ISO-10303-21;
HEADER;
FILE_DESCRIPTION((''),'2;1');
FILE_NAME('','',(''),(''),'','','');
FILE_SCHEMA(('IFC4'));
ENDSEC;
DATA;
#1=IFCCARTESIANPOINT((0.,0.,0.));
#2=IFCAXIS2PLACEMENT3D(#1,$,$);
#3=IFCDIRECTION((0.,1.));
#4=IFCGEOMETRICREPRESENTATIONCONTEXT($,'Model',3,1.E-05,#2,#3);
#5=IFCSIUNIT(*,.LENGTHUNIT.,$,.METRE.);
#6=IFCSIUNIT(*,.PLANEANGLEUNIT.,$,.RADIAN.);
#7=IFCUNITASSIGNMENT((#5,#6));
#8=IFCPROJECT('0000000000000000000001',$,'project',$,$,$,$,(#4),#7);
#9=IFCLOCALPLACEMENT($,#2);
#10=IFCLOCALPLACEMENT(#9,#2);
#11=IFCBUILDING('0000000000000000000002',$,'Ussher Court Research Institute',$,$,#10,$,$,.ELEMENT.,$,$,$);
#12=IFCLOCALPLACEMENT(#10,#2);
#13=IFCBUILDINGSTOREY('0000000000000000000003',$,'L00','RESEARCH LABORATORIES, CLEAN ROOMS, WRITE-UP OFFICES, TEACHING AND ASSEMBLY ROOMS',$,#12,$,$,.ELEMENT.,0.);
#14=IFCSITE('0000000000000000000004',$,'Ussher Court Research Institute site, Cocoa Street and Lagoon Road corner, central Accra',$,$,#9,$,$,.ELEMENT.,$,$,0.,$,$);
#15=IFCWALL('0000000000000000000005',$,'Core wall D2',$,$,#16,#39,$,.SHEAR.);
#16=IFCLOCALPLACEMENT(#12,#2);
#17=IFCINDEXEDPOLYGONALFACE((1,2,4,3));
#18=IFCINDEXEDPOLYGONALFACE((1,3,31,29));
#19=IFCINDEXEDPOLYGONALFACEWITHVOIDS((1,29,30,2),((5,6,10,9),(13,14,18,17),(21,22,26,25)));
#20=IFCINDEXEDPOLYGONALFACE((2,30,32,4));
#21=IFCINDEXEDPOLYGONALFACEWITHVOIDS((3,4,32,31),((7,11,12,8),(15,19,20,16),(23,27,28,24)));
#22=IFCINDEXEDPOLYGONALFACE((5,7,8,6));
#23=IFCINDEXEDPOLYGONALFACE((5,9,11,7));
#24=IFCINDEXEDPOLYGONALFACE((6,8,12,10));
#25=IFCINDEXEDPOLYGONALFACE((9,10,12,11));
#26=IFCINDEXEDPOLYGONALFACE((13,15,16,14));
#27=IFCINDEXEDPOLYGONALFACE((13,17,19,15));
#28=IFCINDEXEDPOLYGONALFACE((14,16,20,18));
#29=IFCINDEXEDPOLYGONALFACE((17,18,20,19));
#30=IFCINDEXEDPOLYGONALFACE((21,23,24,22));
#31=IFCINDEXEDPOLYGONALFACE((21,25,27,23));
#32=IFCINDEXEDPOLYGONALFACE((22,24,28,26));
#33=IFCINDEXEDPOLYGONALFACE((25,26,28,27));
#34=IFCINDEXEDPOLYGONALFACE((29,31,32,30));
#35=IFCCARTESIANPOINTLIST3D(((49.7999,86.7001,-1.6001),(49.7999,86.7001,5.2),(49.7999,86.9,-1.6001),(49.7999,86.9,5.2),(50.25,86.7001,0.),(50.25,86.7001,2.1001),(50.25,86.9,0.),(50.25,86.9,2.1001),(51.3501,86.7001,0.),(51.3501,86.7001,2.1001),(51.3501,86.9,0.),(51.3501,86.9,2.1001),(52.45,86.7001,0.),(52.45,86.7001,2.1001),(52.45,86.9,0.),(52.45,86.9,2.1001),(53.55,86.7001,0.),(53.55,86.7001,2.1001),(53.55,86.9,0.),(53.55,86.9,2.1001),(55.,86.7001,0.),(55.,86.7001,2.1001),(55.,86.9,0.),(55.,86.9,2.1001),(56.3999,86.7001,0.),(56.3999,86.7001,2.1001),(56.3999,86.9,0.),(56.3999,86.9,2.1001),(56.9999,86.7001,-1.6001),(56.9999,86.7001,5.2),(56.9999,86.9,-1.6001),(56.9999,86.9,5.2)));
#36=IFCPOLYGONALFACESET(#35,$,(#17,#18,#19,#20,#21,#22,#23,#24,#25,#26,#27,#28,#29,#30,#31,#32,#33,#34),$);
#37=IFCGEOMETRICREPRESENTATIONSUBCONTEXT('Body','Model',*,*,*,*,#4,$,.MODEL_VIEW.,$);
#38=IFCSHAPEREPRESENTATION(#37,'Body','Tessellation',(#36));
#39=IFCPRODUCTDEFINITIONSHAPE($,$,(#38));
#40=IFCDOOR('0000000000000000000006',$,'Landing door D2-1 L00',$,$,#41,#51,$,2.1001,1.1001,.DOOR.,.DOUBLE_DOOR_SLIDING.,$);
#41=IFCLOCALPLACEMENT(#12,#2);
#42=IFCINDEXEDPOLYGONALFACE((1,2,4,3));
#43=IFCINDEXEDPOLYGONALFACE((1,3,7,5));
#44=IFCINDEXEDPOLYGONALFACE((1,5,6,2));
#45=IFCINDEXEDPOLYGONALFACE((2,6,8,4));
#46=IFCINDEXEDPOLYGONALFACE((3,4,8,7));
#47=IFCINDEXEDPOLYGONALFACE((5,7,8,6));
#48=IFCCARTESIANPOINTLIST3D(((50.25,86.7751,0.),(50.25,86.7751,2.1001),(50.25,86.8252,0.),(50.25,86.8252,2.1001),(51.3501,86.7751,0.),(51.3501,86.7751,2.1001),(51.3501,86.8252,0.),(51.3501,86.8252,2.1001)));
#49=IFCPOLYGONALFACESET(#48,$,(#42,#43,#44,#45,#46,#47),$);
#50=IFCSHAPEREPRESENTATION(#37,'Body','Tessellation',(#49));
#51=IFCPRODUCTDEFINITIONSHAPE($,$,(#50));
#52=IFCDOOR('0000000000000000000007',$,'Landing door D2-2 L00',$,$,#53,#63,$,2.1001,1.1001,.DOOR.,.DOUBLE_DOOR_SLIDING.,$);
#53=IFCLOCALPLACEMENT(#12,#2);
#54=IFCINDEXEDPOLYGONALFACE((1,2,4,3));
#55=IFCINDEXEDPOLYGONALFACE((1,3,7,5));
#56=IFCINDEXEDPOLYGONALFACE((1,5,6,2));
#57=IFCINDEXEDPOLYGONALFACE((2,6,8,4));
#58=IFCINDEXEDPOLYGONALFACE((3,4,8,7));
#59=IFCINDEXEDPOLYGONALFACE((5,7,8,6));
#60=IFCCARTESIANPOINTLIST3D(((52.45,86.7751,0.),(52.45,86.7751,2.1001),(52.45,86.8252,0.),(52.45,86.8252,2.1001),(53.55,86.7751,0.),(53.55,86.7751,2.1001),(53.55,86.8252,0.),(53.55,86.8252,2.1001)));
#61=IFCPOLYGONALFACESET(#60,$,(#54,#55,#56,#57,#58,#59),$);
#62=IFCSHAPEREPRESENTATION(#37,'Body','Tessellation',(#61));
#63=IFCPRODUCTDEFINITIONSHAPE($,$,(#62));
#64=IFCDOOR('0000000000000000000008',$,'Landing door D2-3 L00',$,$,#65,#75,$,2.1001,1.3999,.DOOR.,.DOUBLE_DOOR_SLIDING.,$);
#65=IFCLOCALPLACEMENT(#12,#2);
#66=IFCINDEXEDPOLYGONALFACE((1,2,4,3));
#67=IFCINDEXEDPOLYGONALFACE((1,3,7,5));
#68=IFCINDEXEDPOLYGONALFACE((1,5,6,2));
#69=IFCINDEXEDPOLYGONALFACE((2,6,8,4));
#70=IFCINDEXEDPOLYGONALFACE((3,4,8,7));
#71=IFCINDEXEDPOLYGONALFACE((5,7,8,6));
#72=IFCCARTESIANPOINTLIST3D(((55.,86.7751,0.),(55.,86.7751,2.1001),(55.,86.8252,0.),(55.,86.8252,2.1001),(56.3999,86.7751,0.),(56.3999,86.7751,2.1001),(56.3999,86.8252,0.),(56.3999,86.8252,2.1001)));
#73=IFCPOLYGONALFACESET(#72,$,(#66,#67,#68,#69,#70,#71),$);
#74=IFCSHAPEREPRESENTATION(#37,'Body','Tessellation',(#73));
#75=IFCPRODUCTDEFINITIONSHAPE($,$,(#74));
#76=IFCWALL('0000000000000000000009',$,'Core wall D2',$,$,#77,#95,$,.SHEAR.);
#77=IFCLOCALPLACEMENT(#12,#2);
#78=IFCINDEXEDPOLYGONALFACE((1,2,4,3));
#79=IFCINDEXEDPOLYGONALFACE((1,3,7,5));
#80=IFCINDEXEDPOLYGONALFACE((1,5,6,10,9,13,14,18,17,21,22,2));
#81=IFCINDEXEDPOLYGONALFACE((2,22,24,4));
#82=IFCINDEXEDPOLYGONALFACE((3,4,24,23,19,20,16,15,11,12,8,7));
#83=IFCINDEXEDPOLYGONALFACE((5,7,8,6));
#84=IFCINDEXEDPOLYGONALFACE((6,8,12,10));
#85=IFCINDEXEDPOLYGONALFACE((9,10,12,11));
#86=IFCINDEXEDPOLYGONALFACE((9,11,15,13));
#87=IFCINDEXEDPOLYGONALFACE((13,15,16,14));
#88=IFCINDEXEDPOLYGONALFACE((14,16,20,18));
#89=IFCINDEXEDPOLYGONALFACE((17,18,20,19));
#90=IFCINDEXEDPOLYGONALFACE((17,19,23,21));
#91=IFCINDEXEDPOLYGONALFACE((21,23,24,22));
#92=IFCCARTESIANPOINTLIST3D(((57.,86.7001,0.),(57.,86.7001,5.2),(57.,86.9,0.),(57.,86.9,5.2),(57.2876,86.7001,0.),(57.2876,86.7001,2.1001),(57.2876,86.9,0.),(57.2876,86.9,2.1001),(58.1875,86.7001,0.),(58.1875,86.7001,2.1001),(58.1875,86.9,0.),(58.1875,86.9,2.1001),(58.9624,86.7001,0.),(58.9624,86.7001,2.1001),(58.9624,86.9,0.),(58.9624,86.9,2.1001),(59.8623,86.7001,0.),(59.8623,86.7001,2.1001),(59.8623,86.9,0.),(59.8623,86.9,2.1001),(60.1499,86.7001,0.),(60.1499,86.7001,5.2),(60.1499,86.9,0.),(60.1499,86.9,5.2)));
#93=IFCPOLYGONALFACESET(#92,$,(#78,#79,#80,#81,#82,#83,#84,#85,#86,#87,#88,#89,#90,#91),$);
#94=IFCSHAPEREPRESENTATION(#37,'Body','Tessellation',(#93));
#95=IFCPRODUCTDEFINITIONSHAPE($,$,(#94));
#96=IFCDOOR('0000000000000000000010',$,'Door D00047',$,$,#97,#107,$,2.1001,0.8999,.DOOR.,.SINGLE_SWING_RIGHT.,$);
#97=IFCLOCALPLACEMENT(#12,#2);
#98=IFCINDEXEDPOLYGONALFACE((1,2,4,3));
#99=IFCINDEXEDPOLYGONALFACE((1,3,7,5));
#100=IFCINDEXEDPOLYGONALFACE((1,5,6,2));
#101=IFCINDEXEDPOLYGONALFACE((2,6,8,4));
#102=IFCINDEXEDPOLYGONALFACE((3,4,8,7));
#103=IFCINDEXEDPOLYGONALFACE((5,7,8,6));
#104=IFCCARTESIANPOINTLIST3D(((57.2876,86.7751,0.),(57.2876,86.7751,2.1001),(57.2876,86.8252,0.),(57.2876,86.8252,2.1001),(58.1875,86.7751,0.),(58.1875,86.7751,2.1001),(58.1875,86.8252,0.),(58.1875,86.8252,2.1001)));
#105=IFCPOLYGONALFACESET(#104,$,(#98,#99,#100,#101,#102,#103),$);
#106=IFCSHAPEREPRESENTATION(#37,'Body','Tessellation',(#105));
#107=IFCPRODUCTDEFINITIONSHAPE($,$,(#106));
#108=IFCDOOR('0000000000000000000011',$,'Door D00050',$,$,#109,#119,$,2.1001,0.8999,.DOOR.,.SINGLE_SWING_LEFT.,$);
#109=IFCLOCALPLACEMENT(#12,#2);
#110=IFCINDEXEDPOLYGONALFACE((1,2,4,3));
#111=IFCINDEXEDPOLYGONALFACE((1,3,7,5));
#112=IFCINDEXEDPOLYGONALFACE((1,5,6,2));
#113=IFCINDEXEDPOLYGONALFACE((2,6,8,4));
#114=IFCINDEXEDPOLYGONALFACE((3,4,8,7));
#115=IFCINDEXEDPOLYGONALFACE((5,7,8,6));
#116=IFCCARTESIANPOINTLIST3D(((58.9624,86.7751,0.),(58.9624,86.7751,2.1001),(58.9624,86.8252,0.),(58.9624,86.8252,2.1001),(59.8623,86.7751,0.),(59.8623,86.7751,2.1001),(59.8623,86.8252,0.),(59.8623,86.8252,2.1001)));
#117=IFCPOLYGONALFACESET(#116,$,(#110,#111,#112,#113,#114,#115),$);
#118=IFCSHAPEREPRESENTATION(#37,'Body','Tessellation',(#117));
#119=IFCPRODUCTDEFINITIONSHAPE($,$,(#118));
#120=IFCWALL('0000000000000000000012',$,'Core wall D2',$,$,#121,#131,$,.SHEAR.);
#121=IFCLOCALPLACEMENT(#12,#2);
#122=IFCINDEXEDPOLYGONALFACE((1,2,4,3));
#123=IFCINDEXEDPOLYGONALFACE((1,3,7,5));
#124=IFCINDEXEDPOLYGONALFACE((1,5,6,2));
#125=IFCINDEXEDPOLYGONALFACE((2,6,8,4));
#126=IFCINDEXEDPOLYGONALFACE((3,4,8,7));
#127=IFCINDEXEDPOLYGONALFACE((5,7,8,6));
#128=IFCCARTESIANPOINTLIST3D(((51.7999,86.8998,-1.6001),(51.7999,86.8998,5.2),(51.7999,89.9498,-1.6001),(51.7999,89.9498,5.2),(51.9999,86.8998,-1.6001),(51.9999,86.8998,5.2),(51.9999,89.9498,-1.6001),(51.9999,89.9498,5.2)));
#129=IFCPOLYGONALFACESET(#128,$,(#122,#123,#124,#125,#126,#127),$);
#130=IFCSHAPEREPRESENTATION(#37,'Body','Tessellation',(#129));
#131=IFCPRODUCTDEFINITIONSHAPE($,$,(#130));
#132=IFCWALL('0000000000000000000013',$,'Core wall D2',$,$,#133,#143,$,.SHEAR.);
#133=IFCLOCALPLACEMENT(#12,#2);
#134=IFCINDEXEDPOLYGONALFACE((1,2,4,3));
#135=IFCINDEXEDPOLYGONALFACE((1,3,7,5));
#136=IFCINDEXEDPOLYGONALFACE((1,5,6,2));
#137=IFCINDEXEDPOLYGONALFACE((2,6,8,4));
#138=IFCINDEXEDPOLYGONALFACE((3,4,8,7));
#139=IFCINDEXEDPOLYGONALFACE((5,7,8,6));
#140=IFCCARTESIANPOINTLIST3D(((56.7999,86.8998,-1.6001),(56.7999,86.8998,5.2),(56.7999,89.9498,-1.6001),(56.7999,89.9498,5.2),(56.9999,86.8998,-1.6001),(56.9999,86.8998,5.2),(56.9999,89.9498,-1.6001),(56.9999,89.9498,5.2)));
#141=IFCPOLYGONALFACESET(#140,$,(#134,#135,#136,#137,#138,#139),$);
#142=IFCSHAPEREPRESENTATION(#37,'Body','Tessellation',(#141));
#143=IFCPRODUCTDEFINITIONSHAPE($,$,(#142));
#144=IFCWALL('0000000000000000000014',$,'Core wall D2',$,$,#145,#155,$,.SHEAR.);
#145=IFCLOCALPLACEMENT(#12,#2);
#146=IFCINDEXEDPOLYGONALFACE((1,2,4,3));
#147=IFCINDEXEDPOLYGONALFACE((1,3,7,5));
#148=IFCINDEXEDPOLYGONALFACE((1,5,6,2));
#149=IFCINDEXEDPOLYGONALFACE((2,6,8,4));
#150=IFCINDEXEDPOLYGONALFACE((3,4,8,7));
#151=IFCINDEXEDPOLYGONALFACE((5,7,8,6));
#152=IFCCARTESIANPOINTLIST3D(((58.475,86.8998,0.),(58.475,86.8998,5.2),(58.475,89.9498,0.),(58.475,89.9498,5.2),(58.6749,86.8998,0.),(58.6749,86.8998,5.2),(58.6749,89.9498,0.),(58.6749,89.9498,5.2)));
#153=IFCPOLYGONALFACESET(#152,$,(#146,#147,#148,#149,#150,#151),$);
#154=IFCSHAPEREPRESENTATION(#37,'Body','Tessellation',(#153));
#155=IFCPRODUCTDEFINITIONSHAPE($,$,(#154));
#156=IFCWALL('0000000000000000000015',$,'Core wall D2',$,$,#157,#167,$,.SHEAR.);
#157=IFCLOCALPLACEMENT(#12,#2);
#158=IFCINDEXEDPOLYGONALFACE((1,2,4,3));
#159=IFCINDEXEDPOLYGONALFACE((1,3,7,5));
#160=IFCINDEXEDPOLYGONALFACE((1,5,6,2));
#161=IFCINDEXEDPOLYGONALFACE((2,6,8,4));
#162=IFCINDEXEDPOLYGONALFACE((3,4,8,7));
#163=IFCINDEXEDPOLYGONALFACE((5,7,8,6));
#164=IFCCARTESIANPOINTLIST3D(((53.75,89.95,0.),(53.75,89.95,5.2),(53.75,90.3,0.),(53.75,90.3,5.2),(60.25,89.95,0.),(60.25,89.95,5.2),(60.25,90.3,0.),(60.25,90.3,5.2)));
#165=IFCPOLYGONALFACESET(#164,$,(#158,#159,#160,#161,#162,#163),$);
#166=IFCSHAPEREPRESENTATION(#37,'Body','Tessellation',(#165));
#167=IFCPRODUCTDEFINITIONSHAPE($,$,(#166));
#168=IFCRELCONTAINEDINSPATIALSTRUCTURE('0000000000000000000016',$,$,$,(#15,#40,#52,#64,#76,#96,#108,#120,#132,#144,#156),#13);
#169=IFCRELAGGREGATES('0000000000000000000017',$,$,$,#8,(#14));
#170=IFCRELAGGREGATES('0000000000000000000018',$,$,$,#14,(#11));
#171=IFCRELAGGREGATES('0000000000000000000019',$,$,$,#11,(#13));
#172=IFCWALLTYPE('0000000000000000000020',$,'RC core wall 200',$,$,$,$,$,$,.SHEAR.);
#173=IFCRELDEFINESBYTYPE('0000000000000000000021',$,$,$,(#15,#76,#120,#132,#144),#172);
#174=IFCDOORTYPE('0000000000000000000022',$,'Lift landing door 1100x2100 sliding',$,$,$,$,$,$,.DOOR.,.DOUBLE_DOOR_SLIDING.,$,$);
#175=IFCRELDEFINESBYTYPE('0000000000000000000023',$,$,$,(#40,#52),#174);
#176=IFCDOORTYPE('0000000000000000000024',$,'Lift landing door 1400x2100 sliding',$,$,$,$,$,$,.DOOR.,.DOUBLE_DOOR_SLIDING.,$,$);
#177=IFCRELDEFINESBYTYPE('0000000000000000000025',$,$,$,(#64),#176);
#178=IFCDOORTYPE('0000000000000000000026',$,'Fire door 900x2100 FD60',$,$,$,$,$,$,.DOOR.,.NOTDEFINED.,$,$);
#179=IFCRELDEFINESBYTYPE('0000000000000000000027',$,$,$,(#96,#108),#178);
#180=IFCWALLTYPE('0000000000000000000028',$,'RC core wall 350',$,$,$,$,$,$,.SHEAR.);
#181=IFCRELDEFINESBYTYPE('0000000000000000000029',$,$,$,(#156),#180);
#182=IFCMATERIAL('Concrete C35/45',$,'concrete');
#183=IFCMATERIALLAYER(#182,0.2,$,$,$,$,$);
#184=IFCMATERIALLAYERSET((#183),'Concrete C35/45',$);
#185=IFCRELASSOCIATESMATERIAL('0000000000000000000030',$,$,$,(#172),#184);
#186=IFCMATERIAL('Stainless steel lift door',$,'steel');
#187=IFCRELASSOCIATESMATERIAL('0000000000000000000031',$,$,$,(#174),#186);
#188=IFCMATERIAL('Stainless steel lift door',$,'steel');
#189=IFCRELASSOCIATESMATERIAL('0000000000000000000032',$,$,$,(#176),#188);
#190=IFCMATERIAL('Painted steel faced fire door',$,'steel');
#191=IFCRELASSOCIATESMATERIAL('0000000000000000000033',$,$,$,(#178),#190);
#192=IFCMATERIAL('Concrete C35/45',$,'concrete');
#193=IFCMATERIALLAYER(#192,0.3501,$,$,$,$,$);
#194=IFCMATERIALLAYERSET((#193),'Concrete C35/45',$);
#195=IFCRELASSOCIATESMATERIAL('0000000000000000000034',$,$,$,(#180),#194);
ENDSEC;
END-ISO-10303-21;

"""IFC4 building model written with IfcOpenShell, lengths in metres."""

from ifc_helpers import new_model, si_unit, direction, frame, frame_2d, origin, place, context, subcontext, project, spatial, rectangle, extrude, material, layer, layer_set, type_object, element, fill, save


model = new_model("IFC4")

# Units and contexts
model_context = context("Model", 3, precision=1e-05, world=origin(), true_north=direction((0.0, 1.0)))
body_context = subcontext(model_context, "Body", "Model", "MODEL_VIEW")
ifc_project = project(units=[si_unit("LENGTHUNIT", "METRE"), si_unit("PLANEANGLEUNIT", "RADIAN")], contexts=[model_context])

# Site, building, storey
site_placement = place(None, origin())
site = spatial("IfcSite", under=ifc_project, at=site_placement, Name="Ussher Court Research Institute site, Cocoa Street and Lagoon Road corner, central Accra", CompositionType="ELEMENT", RefElevation=0.0)
building_placement = place(site_placement, origin())
building = spatial("IfcBuilding", under=site, at=building_placement, Name="Ussher Court Research Institute", CompositionType="ELEMENT")
storey_placement = place(building_placement, origin())
storey = spatial("IfcBuildingStorey", under=building, at=storey_placement, Name="L00", Description="RESEARCH LABORATORIES, CLEAN ROOMS, WRITE-UP OFFICES, TEACHING AND ASSEMBLY ROOMS", CompositionType="ELEMENT", Elevation=0.0)

# Walls, openings, doors
ifc_material_1 = material(Name="Concrete C35/45", Category="concrete")
ifc_layer_1 = layer(ifc_material_1, 0.2)
ifc_layer_set_1 = layer_set([ifc_layer_1], Name="Concrete C35/45")
wall_type_1 = type_object("IfcWallType", Name="RC core wall 200", PredefinedType="SHEAR", material=ifc_layer_set_1)
wall_1_placement = place(storey_placement, frame((57.0, 86.8, -1.6001), z_axis=(0.0, 0.0, 1.0), x_axis=(-1.0, 0.0, 0.0)))
wall_1 = element("IfcWall", 1, at=wall_1_placement, inside=storey, type_object=wall_type_1, Name="Core wall D2", PredefinedType="SHEAR", context=body_context, shape_type="SweptSolid", body=[
    extrude(rectangle(XDim=7.2, YDim=0.2, at=frame_2d((3.6001, 0.0))), origin(), (0.0, 0.0, 1.0), 6.8),
])
opening_1_placement = place(wall_1_placement, frame((5.6499, 0.0, 1.6001)))
opening_1 = element("IfcOpeningElement", 2, at=opening_1_placement, cuts=wall_1, PredefinedType="OPENING", context=body_context, shape_type="SweptSolid", body=[
    extrude(rectangle(XDim=1.1001, YDim=2.1001, at=frame_2d((0.55, 1.05))), frame((0.0, 0.1099, 0.0), z_axis=(0.0, -1.0, 0.0), x_axis=(1.0, 0.0, 0.0)), (0.0, 0.0, 1.0), 0.22),
])
opening_2_placement = place(wall_1_placement, frame((3.45, 0.0, 1.6001)))
opening_2 = element("IfcOpeningElement", 3, at=opening_2_placement, cuts=wall_1, PredefinedType="OPENING", context=body_context, shape_type="SweptSolid", body=[
    extrude(rectangle(XDim=1.1001, YDim=2.1001, at=frame_2d((0.55, 1.05))), frame((0.0, 0.1099, 0.0), z_axis=(0.0, -1.0, 0.0), x_axis=(1.0, 0.0, 0.0)), (0.0, 0.0, 1.0), 0.22),
])
opening_3_placement = place(wall_1_placement, frame((0.6001, 0.0, 1.6001)))
opening_3 = element("IfcOpeningElement", 4, at=opening_3_placement, cuts=wall_1, PredefinedType="OPENING", context=body_context, shape_type="SweptSolid", body=[
    extrude(rectangle(XDim=1.3999, YDim=2.1001, at=frame_2d((0.7, 1.05))), frame((0.0, 0.1099, 0.0), z_axis=(0.0, -1.0, 0.0), x_axis=(1.0, 0.0, 0.0)), (0.0, 0.0, 1.0), 0.22),
])
ifc_material_2 = material(Name="Stainless steel lift door", Category="steel")
door_type_1 = type_object("IfcDoorType", Name="Lift landing door 1100x2100 sliding", OperationType="DOUBLE_DOOR_SLIDING", PredefinedType="DOOR", material=ifc_material_2)
door_1_placement = place(opening_1_placement, origin())
door_1 = element("IfcDoor", 5, at=door_1_placement, inside=storey, type_object=door_type_1, Name="Landing door D2-1 L00", OperationType="DOUBLE_DOOR_SLIDING", OverallHeight=2.1001, OverallWidth=1.1001, PredefinedType="DOOR", context=body_context, shape_type="SweptSolid", body=[
    extrude(rectangle(XDim=1.1001, YDim=2.1001, at=frame_2d((0.55, 1.05))), frame((0.0, 0.0249, 0.0), z_axis=(0.0, -1.0, 0.0), x_axis=(1.0, 0.0, 0.0)), (0.0, 0.0, 1.0), 0.05),
])
fill(opening_1, door_1)
door_2_placement = place(opening_2_placement, origin())
door_2 = element("IfcDoor", 6, at=door_2_placement, inside=storey, type_object=door_type_1, Name="Landing door D2-2 L00", OperationType="DOUBLE_DOOR_SLIDING", OverallHeight=2.1001, OverallWidth=1.1001, PredefinedType="DOOR", context=body_context, shape_type="SweptSolid", body=[
    extrude(rectangle(XDim=1.1001, YDim=2.1001, at=frame_2d((0.55, 1.05))), frame((0.0, 0.0249, 0.0), z_axis=(0.0, -1.0, 0.0), x_axis=(1.0, 0.0, 0.0)), (0.0, 0.0, 1.0), 0.05),
])
fill(opening_2, door_2)
ifc_material_3 = material(Name="Stainless steel lift door", Category="steel")
door_type_2 = type_object("IfcDoorType", Name="Lift landing door 1400x2100 sliding", OperationType="DOUBLE_DOOR_SLIDING", PredefinedType="DOOR", material=ifc_material_3)
door_3_placement = place(opening_3_placement, origin())
door_3 = element("IfcDoor", 7, at=door_3_placement, inside=storey, type_object=door_type_2, Name="Landing door D2-3 L00", OperationType="DOUBLE_DOOR_SLIDING", OverallHeight=2.1001, OverallWidth=1.3999, PredefinedType="DOOR", context=body_context, shape_type="SweptSolid", body=[
    extrude(rectangle(XDim=1.3999, YDim=2.1001, at=frame_2d((0.7, 1.05))), frame((0.0, 0.0249, 0.0), z_axis=(0.0, -1.0, 0.0), x_axis=(1.0, 0.0, 0.0)), (0.0, 0.0, 1.0), 0.05),
])
fill(opening_3, door_3)
wall_2_placement = place(storey_placement, frame((60.1499, 86.8, 0.0), z_axis=(0.0, 0.0, 1.0), x_axis=(-1.0, 0.0, 0.0)))
wall_2 = element("IfcWall", 8, at=wall_2_placement, inside=storey, type_object=wall_type_1, Name="Core wall D2", PredefinedType="SHEAR", context=body_context, shape_type="SweptSolid", body=[
    extrude(rectangle(XDim=3.1499, YDim=0.2, at=frame_2d((1.575, 0.0))), origin(), (0.0, 0.0, 1.0), 5.2),
])
opening_4_placement = place(wall_2_placement, frame((1.9624, 0.0, 0.0)))
opening_4 = element("IfcOpeningElement", 9, at=opening_4_placement, cuts=wall_2, PredefinedType="OPENING", context=body_context, shape_type="SweptSolid", body=[
    extrude(rectangle(XDim=0.8999, YDim=2.1001, at=frame_2d((0.45, 1.05))), frame((0.0, 0.1099, 0.0), z_axis=(0.0, -1.0, 0.0), x_axis=(1.0, 0.0, 0.0)), (0.0, 0.0, 1.0), 0.22),
])
opening_5_placement = place(wall_2_placement, frame((0.2876, 0.0, 0.0)))
opening_5 = element("IfcOpeningElement", 10, at=opening_5_placement, cuts=wall_2, PredefinedType="OPENING", context=body_context, shape_type="SweptSolid", body=[
    extrude(rectangle(XDim=0.8999, YDim=2.1001, at=frame_2d((0.45, 1.05))), frame((0.0, 0.1099, 0.0), z_axis=(0.0, -1.0, 0.0), x_axis=(1.0, 0.0, 0.0)), (0.0, 0.0, 1.0), 0.22),
])
ifc_material_4 = material(Name="Painted steel faced fire door", Category="steel")
door_type_3 = type_object("IfcDoorType", Name="Fire door 900x2100 FD60", OperationType="NOTDEFINED", PredefinedType="DOOR", material=ifc_material_4)
door_4_placement = place(opening_4_placement, origin())
door_4 = element("IfcDoor", 11, at=door_4_placement, inside=storey, type_object=door_type_3, Name="Door D00047", OperationType="SINGLE_SWING_RIGHT", OverallHeight=2.1001, OverallWidth=0.8999, PredefinedType="DOOR", context=body_context, shape_type="SweptSolid", body=[
    extrude(rectangle(XDim=0.8999, YDim=2.1001, at=frame_2d((0.45, 1.05))), frame((0.0, 0.0249, 0.0), z_axis=(0.0, -1.0, 0.0), x_axis=(1.0, 0.0, 0.0)), (0.0, 0.0, 1.0), 0.05),
])
fill(opening_4, door_4)
door_5_placement = place(opening_5_placement, origin())
door_5 = element("IfcDoor", 12, at=door_5_placement, inside=storey, type_object=door_type_3, Name="Door D00050", OperationType="SINGLE_SWING_LEFT", OverallHeight=2.1001, OverallWidth=0.8999, PredefinedType="DOOR", context=body_context, shape_type="SweptSolid", body=[
    extrude(rectangle(XDim=0.8999, YDim=2.1001, at=frame_2d((0.45, 1.05))), frame((0.0, 0.0249, 0.0), z_axis=(0.0, -1.0, 0.0), x_axis=(1.0, 0.0, 0.0)), (0.0, 0.0, 1.0), 0.05),
])
fill(opening_5, door_5)

# Walls
for number, where, z_axis, x_axis, name in (
    (13, (51.8999, 86.8999, -1.6001), (0.0, 0.0, 1.0), (0.0, 1.0, 0.0), "Core wall D2"),
    (14, (56.8999, 86.8999, -1.6001), (0.0, 0.0, 1.0), (0.0, 1.0, 0.0), "Core wall D2"),
):
    element("IfcWall", number, at=place(storey_placement, frame(where, z_axis=z_axis, x_axis=x_axis)), inside=storey, type_object=wall_type_1, Name=name, PredefinedType="SHEAR", context=body_context, shape_type="SweptSolid", body=[
        extrude(rectangle(XDim=3.05, YDim=0.2, at=frame_2d((1.5249, 0.0))), origin(), (0.0, 0.0, 1.0), 6.8),
    ])
wall_3_placement = place(storey_placement, frame((58.575, 86.8999, 0.0), z_axis=(0.0, 0.0, 1.0), x_axis=(0.0, 1.0, 0.0)))
element("IfcWall", 15, at=wall_3_placement, inside=storey, type_object=wall_type_1, Name="Core wall D2", PredefinedType="SHEAR", context=body_context, shape_type="SweptSolid", body=[
    extrude(rectangle(XDim=3.05, YDim=0.2, at=frame_2d((1.5249, 0.0))), origin(), (0.0, 0.0, 1.0), 5.2),
])
ifc_material_5 = material(Name="Concrete C35/45", Category="concrete")
ifc_layer_2 = layer(ifc_material_5, 0.3501)
ifc_layer_set_2 = layer_set([ifc_layer_2], Name="Concrete C35/45")
wall_type_2 = type_object("IfcWallType", Name="RC core wall 350", PredefinedType="SHEAR", material=ifc_layer_set_2)
wall_4_placement = place(storey_placement, frame((53.75, 90.125, 0.0), z_axis=(0.0, 0.0, 1.0), x_axis=(1.0, 0.0, 0.0)))
element("IfcWall", 16, at=wall_4_placement, inside=storey, type_object=wall_type_2, Name="Core wall D2", PredefinedType="SHEAR", context=body_context, shape_type="SweptSolid", body=[
    extrude(rectangle(XDim=6.5, YDim=0.3501, at=frame_2d((3.25, 0.0))), origin(), (0.0, 0.0, 1.0), 5.2),
])

save(model, "model.ifc")
